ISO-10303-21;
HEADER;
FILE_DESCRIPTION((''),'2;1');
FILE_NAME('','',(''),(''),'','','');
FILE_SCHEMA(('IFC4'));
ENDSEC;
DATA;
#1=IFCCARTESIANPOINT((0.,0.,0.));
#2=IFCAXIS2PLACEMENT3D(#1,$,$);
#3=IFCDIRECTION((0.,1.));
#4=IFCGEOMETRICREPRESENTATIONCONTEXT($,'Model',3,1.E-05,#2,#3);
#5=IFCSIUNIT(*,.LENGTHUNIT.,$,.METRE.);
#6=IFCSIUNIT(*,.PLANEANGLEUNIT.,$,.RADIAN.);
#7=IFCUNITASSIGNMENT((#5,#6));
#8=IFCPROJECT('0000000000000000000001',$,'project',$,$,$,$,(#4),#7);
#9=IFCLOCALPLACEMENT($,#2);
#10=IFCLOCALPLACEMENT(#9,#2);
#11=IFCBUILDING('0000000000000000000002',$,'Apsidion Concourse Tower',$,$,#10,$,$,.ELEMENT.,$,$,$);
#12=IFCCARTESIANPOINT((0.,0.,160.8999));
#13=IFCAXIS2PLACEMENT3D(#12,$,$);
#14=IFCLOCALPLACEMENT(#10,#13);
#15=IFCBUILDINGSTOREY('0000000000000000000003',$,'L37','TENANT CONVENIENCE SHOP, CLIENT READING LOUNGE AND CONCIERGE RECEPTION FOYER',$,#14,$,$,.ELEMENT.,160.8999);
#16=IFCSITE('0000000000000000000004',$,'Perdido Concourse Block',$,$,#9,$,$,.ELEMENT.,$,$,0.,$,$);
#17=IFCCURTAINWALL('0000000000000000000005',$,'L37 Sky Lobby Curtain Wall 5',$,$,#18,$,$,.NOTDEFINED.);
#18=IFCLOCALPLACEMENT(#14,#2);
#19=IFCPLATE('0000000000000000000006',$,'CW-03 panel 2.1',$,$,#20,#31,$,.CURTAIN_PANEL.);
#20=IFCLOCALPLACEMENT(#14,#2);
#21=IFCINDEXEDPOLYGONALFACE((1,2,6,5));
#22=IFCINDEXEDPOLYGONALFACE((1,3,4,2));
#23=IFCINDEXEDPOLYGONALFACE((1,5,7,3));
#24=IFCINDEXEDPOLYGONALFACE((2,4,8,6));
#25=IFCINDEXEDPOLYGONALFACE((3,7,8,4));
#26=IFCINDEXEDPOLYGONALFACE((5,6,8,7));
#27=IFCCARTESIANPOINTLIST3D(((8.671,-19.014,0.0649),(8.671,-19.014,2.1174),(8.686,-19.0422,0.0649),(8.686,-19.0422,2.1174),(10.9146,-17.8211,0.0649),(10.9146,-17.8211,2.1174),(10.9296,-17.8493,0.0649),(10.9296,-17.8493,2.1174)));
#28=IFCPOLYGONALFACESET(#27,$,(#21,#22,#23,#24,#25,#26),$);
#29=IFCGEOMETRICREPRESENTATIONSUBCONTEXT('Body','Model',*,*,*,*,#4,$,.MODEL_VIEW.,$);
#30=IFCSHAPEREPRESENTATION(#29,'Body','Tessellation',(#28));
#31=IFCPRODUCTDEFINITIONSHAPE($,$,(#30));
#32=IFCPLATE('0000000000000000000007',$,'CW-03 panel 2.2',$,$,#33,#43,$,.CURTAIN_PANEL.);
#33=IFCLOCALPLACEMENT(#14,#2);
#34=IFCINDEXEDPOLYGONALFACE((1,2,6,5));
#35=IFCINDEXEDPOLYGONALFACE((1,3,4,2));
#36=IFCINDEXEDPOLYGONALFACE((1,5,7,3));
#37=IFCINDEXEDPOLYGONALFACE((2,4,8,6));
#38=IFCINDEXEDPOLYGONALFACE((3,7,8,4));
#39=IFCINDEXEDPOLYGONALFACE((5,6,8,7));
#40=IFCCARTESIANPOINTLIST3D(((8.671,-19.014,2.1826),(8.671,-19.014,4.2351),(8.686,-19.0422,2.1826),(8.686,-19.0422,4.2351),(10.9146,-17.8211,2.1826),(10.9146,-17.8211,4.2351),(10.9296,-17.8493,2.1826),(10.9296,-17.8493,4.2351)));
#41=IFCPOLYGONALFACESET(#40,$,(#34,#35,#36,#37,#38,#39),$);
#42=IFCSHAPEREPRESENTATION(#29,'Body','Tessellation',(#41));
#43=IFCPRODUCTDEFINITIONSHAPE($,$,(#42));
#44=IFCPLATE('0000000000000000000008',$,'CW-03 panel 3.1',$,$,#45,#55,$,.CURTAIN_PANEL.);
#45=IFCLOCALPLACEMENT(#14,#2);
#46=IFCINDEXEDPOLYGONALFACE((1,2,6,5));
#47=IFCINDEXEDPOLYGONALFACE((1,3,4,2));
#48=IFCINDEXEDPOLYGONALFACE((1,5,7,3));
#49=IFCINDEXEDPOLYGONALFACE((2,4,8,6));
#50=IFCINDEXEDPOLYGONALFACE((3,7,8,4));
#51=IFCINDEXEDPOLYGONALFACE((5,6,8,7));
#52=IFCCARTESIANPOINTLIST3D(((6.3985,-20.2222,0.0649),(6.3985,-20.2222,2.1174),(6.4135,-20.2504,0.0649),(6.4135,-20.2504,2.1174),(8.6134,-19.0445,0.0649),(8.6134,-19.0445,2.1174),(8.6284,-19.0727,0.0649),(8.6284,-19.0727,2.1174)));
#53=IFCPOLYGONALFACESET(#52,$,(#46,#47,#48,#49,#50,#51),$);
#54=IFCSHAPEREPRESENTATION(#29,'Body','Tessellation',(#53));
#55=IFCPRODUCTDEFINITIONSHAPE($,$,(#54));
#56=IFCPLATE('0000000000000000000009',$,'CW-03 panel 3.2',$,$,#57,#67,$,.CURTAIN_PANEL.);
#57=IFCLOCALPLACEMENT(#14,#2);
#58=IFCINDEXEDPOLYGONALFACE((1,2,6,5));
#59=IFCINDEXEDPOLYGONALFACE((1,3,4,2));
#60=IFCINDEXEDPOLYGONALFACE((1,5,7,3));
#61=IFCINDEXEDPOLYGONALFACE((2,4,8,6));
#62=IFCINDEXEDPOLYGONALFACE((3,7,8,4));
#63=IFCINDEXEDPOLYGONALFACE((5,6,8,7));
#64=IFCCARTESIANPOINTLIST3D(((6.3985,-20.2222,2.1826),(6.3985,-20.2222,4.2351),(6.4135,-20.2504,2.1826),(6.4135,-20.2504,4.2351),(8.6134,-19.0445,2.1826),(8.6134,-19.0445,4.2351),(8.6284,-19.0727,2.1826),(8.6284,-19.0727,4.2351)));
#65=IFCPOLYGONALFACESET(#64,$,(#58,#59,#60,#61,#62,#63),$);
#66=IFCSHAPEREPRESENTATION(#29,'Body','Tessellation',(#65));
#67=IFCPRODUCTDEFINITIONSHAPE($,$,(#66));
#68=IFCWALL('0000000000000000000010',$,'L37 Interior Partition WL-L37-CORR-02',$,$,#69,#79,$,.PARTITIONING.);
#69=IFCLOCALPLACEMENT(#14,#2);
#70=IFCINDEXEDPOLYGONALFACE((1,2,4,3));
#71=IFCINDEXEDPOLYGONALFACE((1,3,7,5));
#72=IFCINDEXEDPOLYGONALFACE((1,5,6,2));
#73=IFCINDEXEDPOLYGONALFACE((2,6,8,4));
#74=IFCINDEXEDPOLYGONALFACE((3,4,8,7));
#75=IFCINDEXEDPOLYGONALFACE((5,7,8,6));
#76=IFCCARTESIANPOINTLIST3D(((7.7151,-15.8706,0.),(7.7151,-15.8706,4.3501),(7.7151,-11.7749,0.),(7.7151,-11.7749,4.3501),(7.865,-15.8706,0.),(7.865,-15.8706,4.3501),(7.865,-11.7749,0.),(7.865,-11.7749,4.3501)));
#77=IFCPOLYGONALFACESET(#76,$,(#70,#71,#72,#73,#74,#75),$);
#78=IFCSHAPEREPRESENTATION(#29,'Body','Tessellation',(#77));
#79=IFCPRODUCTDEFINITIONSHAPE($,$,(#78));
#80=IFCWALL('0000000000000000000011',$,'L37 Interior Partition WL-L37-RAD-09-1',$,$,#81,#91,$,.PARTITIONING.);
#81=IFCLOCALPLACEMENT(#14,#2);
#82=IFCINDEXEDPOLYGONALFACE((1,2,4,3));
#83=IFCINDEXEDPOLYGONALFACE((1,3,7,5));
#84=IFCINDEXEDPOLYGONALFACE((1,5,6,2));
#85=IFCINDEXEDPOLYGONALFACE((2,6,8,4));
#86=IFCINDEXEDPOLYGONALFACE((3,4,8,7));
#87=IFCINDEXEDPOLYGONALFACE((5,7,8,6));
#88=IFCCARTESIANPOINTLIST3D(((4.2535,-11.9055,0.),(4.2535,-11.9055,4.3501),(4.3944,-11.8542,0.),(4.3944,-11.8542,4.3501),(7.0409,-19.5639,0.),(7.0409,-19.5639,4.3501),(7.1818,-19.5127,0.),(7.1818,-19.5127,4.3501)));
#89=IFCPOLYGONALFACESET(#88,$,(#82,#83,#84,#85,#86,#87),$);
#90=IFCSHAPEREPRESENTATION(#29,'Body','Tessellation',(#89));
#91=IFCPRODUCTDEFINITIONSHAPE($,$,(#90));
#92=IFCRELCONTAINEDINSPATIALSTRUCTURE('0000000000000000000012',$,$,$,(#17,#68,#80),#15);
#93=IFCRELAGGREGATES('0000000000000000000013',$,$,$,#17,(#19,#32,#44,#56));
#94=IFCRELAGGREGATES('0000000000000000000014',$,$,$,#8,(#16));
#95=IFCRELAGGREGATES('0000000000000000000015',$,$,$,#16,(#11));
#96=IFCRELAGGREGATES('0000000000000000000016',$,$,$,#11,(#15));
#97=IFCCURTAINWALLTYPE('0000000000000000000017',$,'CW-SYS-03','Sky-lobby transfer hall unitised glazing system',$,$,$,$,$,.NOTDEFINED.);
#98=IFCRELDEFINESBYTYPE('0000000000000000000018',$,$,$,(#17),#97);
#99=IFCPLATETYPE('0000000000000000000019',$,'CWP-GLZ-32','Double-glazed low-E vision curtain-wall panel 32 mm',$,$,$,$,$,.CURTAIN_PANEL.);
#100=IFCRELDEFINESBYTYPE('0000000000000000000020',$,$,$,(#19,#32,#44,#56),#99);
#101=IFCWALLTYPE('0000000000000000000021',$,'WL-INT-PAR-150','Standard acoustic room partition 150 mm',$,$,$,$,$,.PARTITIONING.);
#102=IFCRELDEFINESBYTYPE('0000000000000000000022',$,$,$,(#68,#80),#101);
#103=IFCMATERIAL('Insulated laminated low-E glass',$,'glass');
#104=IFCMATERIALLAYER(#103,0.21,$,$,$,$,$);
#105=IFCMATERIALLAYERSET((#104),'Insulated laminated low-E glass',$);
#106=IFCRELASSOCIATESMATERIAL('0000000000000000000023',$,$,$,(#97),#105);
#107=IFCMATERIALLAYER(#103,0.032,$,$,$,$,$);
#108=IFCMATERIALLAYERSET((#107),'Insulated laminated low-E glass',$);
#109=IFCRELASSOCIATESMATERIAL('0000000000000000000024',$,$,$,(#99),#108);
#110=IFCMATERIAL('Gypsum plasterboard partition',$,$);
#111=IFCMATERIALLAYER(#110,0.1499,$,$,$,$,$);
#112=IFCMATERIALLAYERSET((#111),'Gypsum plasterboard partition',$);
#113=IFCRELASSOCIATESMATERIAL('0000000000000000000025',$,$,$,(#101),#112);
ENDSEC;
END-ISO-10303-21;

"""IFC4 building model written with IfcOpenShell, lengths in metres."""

from ifc_helpers import new_model, si_unit, direction, frame, frame_2d, origin, origin_2d, place, context, subcontext, project, spatial, rectangle, extrude, material, layer, layer_set, type_object, element, aggregate, save


model = new_model("IFC4")

# Units and contexts
model_context = context("Model", 3, precision=1e-05, world=origin(), true_north=direction((0.0, 1.0)))
body_context = subcontext(model_context, "Body", "Model", "MODEL_VIEW")
ifc_project = project(units=[si_unit("LENGTHUNIT", "METRE"), si_unit("PLANEANGLEUNIT", "RADIAN")], contexts=[model_context])

# Site, building, storey
site_placement = place(None, origin())
site = spatial("IfcSite", under=ifc_project, at=site_placement, Name="Perdido Concourse Block", CompositionType="ELEMENT", RefElevation=0.0)
building_placement = place(site_placement, origin())
building = spatial("IfcBuilding", under=site, at=building_placement, Name="Apsidion Concourse Tower", CompositionType="ELEMENT")
storey_placement = place(building_placement, frame((0.0, 0.0, 160.8999)))
storey = spatial("IfcBuildingStorey", under=building, at=storey_placement, Name="L37", Description="TENANT CONVENIENCE SHOP, CLIENT READING LOUNGE AND CONCIERGE RECEPTION FOYER", CompositionType="ELEMENT", Elevation=160.8999)

# Curtain wall, plates
ifc_material_1 = material(Name="Insulated laminated low-E glass", Category="glass")
ifc_layer_1 = layer(ifc_material_1, 0.21)
ifc_layer_set_1 = layer_set([ifc_layer_1], Name="Insulated laminated low-E glass")
curtain_wall_type = type_object("IfcCurtainWallType", Name="CW-SYS-03", Description="Sky-lobby transfer hall unitised glazing system", PredefinedType="NOTDEFINED", material=ifc_layer_set_1)
curtain_wall_placement = place(storey_placement, origin())
curtain_wall = element("IfcCurtainWall", 1, at=curtain_wall_placement, inside=storey, type_object=curtain_wall_type, Name="L37 Sky Lobby Curtain Wall 5", PredefinedType="NOTDEFINED")
ifc_layer_2 = layer(ifc_material_1, 0.032)
ifc_layer_set_2 = layer_set([ifc_layer_2], Name="Insulated laminated low-E glass")
plate_type = type_object("IfcPlateType", Name="CWP-GLZ-32", Description="Double-glazed low-E vision curtain-wall panel 32 mm", PredefinedType="CURTAIN_PANEL", material=ifc_layer_set_2)
plate_1_placement = place(storey_placement, frame((9.8003, -18.4316, 0.0649), z_axis=(0.0, 0.0, 1.0), x_axis=(-0.882947, -0.469472, 0.0)))
plate_1 = element("IfcPlate", 2, at=plate_1_placement, type_object=plate_type, Name="CW-03 panel 2.1", PredefinedType="CURTAIN_PANEL", context=body_context, shape_type="SweptSolid", body=[
    extrude(rectangle(XDim=2.541, YDim=0.032, at=origin_2d()), origin(), (0.0, 0.0, 1.0), 2.0525),
])
plate_2_placement = place(storey_placement, frame((9.8003, -18.4316, 2.1826), z_axis=(0.0, 0.0, 1.0), x_axis=(-0.882947, -0.469472, 0.0)))
plate_2 = element("IfcPlate", 3, at=plate_2_placement, type_object=plate_type, Name="CW-03 panel 2.2", PredefinedType="CURTAIN_PANEL", context=body_context, shape_type="SweptSolid", body=[
    extrude(rectangle(XDim=2.541, YDim=0.032, at=origin_2d()), origin(), (0.0, 0.0, 1.0), 2.0525),
])
plate_3_placement = place(storey_placement, frame((7.5134, -19.6475, 0.0649), z_axis=(0.0, 0.0, 1.0), x_axis=(-0.882947, -0.469472, 0.0)))
plate_3 = element("IfcPlate", 4, at=plate_3_placement, type_object=plate_type, Name="CW-03 panel 3.1", PredefinedType="CURTAIN_PANEL", context=body_context, shape_type="SweptSolid", body=[
    extrude(rectangle(XDim=2.5085, YDim=0.032, at=origin_2d()), origin(), (0.0, 0.0, 1.0), 2.0525),
])
plate_4_placement = place(storey_placement, frame((7.5134, -19.6475, 2.1826), z_axis=(0.0, 0.0, 1.0), x_axis=(-0.882947, -0.469472, 0.0)))
plate_4 = element("IfcPlate", 5, at=plate_4_placement, type_object=plate_type, Name="CW-03 panel 3.2", PredefinedType="CURTAIN_PANEL", context=body_context, shape_type="SweptSolid", body=[
    extrude(rectangle(XDim=2.5085, YDim=0.032, at=origin_2d()), origin(), (0.0, 0.0, 1.0), 2.0525),
])
aggregate(curtain_wall, [plate_1, plate_2, plate_3, plate_4])

# Walls
ifc_material_2 = material(Name="Gypsum plasterboard partition")
ifc_layer_3 = layer(ifc_material_2, 0.1499)
ifc_layer_set_3 = layer_set([ifc_layer_3], Name="Gypsum plasterboard partition")
wall_type = type_object("IfcWallType", Name="WL-INT-PAR-150", Description="Standard acoustic room partition 150 mm", PredefinedType="PARTITIONING", material=ifc_layer_set_3)
wall_1_placement = place(storey_placement, frame((7.79, -15.8706, 0.0), z_axis=(0.0, 0.0, 1.0), x_axis=(0.0, 1.0, 0.0)))
element("IfcWall", 6, at=wall_1_placement, inside=storey, type_object=wall_type, Name="L37 Interior Partition WL-L37-CORR-02", PredefinedType="PARTITIONING", context=body_context, shape_type="SweptSolid", body=[
    extrude(rectangle(XDim=4.0957, YDim=0.1499, at=frame_2d((2.0479, 0.0))), origin(), (0.0, 0.0, 1.0), 4.3501),
])
wall_2_placement = place(storey_placement, frame((4.324, -11.8799, 0.0), z_axis=(0.0, 0.0, 1.0), x_axis=(0.34201, -0.939696, 0.0)))
element("IfcWall", 7, at=wall_2_placement, inside=storey, type_object=wall_type, Name="L37 Interior Partition WL-L37-RAD-09-1", PredefinedType="PARTITIONING", context=body_context, shape_type="SweptSolid", body=[
    extrude(rectangle(XDim=8.1499, YDim=0.1499, at=frame_2d((4.075, 0.0))), origin(), (0.0, 0.0, 1.0), 4.3501),
])

save(model, "model.ifc")
